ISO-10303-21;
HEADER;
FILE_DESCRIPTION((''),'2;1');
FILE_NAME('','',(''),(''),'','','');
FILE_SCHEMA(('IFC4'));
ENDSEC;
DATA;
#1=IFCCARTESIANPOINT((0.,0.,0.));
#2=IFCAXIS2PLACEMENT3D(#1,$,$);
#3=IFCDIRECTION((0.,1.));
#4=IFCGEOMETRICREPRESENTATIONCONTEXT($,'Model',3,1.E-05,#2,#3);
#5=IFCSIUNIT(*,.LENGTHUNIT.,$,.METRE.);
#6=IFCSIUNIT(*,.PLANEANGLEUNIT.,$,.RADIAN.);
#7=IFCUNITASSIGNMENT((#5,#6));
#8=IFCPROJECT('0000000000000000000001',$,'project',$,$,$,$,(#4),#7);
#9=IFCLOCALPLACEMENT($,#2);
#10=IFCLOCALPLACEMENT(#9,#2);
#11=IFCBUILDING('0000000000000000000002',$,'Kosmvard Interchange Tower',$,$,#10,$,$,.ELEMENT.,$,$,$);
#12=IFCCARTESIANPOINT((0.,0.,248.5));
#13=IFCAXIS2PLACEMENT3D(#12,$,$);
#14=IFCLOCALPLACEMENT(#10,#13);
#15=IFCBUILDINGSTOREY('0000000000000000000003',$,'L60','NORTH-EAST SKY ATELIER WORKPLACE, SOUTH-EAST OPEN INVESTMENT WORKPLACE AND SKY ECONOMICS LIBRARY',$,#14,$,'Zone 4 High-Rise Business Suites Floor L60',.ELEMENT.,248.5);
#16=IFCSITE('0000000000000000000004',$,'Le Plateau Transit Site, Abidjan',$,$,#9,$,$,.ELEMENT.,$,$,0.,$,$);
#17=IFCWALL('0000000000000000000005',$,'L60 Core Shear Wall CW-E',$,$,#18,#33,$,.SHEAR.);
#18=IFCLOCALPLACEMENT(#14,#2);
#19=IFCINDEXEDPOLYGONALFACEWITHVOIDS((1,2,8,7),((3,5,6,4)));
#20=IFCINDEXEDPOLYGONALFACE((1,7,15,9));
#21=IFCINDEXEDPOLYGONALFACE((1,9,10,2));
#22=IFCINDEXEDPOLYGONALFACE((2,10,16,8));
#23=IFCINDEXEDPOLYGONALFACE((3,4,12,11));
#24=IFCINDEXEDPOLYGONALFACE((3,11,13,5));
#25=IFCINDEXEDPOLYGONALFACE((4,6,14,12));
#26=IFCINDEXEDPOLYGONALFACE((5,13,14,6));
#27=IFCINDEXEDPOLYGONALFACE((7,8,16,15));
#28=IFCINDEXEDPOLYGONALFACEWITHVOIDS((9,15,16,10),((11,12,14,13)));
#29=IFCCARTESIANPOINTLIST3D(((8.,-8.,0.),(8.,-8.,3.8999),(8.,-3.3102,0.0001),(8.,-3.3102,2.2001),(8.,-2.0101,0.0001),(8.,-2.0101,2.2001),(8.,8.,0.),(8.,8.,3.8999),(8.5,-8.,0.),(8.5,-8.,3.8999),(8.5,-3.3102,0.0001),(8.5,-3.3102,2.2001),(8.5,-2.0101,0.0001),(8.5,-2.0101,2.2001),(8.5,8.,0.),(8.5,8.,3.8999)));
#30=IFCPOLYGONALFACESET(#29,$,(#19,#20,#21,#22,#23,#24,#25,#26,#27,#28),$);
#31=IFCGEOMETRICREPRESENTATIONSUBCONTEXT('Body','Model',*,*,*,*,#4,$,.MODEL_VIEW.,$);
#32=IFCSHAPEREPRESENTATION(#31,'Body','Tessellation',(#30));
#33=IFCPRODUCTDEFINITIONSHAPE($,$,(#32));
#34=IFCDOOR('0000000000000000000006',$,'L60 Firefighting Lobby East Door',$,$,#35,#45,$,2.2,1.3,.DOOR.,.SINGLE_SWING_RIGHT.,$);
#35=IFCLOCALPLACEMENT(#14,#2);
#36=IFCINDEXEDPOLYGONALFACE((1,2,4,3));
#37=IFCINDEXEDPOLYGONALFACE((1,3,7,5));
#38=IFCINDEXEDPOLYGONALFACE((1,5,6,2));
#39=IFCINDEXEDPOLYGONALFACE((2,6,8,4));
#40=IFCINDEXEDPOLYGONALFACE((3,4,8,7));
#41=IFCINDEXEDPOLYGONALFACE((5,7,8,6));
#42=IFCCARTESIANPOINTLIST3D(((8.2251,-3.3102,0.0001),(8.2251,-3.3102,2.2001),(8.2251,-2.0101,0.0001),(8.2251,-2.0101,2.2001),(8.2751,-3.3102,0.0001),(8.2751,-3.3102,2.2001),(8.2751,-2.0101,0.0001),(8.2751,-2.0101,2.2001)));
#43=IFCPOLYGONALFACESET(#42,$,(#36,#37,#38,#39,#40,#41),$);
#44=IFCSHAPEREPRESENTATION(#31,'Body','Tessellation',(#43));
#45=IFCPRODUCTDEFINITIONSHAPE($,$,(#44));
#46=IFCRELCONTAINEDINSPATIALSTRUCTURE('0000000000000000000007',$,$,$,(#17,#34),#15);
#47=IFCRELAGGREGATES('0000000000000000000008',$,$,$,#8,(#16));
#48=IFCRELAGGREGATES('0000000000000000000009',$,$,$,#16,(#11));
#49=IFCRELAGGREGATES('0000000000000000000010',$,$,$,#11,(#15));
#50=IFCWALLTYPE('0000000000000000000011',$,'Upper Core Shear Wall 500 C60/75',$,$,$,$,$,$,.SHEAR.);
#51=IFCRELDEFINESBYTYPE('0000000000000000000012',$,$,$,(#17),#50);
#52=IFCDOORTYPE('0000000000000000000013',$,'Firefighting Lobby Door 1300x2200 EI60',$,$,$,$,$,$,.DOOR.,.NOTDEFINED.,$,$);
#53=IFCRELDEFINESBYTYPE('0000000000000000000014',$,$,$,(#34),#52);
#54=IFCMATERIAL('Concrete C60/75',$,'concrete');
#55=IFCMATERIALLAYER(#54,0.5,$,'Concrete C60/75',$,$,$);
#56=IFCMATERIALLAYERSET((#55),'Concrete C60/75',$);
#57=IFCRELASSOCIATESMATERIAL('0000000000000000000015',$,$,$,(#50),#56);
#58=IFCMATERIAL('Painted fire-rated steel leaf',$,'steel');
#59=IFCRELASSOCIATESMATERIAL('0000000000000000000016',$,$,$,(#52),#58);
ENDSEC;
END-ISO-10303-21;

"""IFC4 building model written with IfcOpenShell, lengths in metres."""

from ifc_helpers import new_model, si_unit, direction, frame, frame_2d, origin, place, context, subcontext, project, spatial, rectangle, extrude, source, transform, mapped, material, layer, layer_set, type_object, element, fill, save


model = new_model("IFC4")

# Units and contexts
model_context = context("Model", 3, precision=1e-05, world=origin(), true_north=direction((0.0, 1.0)))
body_context = subcontext(model_context, "Body", "Model", "MODEL_VIEW")
ifc_project = project(units=[si_unit("LENGTHUNIT", "METRE"), si_unit("PLANEANGLEUNIT", "RADIAN")], contexts=[model_context])

# Site, building, storey
site_placement = place(None, origin())
site = spatial("IfcSite", under=ifc_project, at=site_placement, Name="Le Plateau Transit Site, Abidjan", CompositionType="ELEMENT", RefElevation=0.0)
building_placement = place(site_placement, origin())
building = spatial("IfcBuilding", under=site, at=building_placement, Name="Kosmvard Interchange Tower", CompositionType="ELEMENT")
storey_placement = place(building_placement, frame((0.0, 0.0, 248.5)))
storey = spatial("IfcBuildingStorey", under=building, at=storey_placement, Name="L60", Description="NORTH-EAST SKY ATELIER WORKPLACE, SOUTH-EAST OPEN INVESTMENT WORKPLACE AND SKY ECONOMICS LIBRARY", LongName="Zone 4 High-Rise Business Suites Floor L60", CompositionType="ELEMENT", Elevation=248.5)

# Shared definitions
ifc_material_1 = material(Name="Concrete C60/75", Category="concrete")

# Shared definitions
ifc_material_2 = material(Name="Painted fire-rated steel leaf", Category="steel")

# Wall, opening, door
ifc_layer_1 = layer(ifc_material_1, 0.5, Name="Concrete C60/75")
ifc_layer_set_1 = layer_set([ifc_layer_1], Name="Concrete C60/75")
wall_type_1 = type_object("IfcWallType", Name="Upper Core Shear Wall 500 C60/75", PredefinedType="SHEAR", material=ifc_layer_set_1)
wall_1_placement = place(storey_placement, frame((8.25, -8.0, 0.0), z_axis=(0.0, 0.0, 1.0), x_axis=(0.0, 1.0, 0.0)))
wall_1 = element("IfcWall", 1, at=wall_1_placement, inside=storey, type_object=wall_type_1, Name="L60 Core Shear Wall CW-E", PredefinedType="SHEAR", context=body_context, shape_type="SweptSolid", body=[
    extrude(rectangle(XDim=16.0, YDim=0.5, at=frame_2d((8.0, 0.0))), origin(), (0.0, 0.0, 1.0), 3.8999),
])
opening_1_placement = place(wall_1_placement, frame((4.6899, 0.0, 0.0)))
opening_1 = element("IfcOpeningElement", 2, at=opening_1_placement, cuts=wall_1, PredefinedType="OPENING", context=body_context, shape_type="SweptSolid", body=[
    extrude(rectangle(XDim=1.3, YDim=2.2, at=frame_2d((0.6499, 1.1001))), frame((0.0, 0.26, 0.0), z_axis=(0.0, -1.0, 0.0), x_axis=(1.0, 0.0, 0.0)), (0.0, 0.0, 1.0), 0.52),
])
door_type_1 = type_object("IfcDoorType", Name="Firefighting Lobby Door 1300x2200 EI60", OperationType="NOTDEFINED", PredefinedType="DOOR", material=ifc_material_2)
shared_shape_1 = source(origin(), body_context, "Body", "SweptSolid", [
    extrude(rectangle(XDim=1.3, YDim=2.2, at=frame_2d((0.6499, 1.1001))), frame((0.0, 0.0249, 0.0), z_axis=(0.0, -1.0, 0.0), x_axis=(1.0, 0.0, 0.0)), (0.0, 0.0, 1.0), 0.05),
])
door_1_placement = place(opening_1_placement, origin())
door_1 = element("IfcDoor", 3, at=door_1_placement, inside=storey, type_object=door_type_1, Name="L60 Firefighting Lobby East Door", OperationType="SINGLE_SWING_RIGHT", OverallHeight=2.2, OverallWidth=1.3, PredefinedType="DOOR", context=body_context, shape_type="MappedRepresentation", body=[
    mapped(shared_shape_1, transform((0.0, 0.0, 0.0), scale=1.0)),
])
fill(opening_1, door_1)

save(model, "model.ifc")
